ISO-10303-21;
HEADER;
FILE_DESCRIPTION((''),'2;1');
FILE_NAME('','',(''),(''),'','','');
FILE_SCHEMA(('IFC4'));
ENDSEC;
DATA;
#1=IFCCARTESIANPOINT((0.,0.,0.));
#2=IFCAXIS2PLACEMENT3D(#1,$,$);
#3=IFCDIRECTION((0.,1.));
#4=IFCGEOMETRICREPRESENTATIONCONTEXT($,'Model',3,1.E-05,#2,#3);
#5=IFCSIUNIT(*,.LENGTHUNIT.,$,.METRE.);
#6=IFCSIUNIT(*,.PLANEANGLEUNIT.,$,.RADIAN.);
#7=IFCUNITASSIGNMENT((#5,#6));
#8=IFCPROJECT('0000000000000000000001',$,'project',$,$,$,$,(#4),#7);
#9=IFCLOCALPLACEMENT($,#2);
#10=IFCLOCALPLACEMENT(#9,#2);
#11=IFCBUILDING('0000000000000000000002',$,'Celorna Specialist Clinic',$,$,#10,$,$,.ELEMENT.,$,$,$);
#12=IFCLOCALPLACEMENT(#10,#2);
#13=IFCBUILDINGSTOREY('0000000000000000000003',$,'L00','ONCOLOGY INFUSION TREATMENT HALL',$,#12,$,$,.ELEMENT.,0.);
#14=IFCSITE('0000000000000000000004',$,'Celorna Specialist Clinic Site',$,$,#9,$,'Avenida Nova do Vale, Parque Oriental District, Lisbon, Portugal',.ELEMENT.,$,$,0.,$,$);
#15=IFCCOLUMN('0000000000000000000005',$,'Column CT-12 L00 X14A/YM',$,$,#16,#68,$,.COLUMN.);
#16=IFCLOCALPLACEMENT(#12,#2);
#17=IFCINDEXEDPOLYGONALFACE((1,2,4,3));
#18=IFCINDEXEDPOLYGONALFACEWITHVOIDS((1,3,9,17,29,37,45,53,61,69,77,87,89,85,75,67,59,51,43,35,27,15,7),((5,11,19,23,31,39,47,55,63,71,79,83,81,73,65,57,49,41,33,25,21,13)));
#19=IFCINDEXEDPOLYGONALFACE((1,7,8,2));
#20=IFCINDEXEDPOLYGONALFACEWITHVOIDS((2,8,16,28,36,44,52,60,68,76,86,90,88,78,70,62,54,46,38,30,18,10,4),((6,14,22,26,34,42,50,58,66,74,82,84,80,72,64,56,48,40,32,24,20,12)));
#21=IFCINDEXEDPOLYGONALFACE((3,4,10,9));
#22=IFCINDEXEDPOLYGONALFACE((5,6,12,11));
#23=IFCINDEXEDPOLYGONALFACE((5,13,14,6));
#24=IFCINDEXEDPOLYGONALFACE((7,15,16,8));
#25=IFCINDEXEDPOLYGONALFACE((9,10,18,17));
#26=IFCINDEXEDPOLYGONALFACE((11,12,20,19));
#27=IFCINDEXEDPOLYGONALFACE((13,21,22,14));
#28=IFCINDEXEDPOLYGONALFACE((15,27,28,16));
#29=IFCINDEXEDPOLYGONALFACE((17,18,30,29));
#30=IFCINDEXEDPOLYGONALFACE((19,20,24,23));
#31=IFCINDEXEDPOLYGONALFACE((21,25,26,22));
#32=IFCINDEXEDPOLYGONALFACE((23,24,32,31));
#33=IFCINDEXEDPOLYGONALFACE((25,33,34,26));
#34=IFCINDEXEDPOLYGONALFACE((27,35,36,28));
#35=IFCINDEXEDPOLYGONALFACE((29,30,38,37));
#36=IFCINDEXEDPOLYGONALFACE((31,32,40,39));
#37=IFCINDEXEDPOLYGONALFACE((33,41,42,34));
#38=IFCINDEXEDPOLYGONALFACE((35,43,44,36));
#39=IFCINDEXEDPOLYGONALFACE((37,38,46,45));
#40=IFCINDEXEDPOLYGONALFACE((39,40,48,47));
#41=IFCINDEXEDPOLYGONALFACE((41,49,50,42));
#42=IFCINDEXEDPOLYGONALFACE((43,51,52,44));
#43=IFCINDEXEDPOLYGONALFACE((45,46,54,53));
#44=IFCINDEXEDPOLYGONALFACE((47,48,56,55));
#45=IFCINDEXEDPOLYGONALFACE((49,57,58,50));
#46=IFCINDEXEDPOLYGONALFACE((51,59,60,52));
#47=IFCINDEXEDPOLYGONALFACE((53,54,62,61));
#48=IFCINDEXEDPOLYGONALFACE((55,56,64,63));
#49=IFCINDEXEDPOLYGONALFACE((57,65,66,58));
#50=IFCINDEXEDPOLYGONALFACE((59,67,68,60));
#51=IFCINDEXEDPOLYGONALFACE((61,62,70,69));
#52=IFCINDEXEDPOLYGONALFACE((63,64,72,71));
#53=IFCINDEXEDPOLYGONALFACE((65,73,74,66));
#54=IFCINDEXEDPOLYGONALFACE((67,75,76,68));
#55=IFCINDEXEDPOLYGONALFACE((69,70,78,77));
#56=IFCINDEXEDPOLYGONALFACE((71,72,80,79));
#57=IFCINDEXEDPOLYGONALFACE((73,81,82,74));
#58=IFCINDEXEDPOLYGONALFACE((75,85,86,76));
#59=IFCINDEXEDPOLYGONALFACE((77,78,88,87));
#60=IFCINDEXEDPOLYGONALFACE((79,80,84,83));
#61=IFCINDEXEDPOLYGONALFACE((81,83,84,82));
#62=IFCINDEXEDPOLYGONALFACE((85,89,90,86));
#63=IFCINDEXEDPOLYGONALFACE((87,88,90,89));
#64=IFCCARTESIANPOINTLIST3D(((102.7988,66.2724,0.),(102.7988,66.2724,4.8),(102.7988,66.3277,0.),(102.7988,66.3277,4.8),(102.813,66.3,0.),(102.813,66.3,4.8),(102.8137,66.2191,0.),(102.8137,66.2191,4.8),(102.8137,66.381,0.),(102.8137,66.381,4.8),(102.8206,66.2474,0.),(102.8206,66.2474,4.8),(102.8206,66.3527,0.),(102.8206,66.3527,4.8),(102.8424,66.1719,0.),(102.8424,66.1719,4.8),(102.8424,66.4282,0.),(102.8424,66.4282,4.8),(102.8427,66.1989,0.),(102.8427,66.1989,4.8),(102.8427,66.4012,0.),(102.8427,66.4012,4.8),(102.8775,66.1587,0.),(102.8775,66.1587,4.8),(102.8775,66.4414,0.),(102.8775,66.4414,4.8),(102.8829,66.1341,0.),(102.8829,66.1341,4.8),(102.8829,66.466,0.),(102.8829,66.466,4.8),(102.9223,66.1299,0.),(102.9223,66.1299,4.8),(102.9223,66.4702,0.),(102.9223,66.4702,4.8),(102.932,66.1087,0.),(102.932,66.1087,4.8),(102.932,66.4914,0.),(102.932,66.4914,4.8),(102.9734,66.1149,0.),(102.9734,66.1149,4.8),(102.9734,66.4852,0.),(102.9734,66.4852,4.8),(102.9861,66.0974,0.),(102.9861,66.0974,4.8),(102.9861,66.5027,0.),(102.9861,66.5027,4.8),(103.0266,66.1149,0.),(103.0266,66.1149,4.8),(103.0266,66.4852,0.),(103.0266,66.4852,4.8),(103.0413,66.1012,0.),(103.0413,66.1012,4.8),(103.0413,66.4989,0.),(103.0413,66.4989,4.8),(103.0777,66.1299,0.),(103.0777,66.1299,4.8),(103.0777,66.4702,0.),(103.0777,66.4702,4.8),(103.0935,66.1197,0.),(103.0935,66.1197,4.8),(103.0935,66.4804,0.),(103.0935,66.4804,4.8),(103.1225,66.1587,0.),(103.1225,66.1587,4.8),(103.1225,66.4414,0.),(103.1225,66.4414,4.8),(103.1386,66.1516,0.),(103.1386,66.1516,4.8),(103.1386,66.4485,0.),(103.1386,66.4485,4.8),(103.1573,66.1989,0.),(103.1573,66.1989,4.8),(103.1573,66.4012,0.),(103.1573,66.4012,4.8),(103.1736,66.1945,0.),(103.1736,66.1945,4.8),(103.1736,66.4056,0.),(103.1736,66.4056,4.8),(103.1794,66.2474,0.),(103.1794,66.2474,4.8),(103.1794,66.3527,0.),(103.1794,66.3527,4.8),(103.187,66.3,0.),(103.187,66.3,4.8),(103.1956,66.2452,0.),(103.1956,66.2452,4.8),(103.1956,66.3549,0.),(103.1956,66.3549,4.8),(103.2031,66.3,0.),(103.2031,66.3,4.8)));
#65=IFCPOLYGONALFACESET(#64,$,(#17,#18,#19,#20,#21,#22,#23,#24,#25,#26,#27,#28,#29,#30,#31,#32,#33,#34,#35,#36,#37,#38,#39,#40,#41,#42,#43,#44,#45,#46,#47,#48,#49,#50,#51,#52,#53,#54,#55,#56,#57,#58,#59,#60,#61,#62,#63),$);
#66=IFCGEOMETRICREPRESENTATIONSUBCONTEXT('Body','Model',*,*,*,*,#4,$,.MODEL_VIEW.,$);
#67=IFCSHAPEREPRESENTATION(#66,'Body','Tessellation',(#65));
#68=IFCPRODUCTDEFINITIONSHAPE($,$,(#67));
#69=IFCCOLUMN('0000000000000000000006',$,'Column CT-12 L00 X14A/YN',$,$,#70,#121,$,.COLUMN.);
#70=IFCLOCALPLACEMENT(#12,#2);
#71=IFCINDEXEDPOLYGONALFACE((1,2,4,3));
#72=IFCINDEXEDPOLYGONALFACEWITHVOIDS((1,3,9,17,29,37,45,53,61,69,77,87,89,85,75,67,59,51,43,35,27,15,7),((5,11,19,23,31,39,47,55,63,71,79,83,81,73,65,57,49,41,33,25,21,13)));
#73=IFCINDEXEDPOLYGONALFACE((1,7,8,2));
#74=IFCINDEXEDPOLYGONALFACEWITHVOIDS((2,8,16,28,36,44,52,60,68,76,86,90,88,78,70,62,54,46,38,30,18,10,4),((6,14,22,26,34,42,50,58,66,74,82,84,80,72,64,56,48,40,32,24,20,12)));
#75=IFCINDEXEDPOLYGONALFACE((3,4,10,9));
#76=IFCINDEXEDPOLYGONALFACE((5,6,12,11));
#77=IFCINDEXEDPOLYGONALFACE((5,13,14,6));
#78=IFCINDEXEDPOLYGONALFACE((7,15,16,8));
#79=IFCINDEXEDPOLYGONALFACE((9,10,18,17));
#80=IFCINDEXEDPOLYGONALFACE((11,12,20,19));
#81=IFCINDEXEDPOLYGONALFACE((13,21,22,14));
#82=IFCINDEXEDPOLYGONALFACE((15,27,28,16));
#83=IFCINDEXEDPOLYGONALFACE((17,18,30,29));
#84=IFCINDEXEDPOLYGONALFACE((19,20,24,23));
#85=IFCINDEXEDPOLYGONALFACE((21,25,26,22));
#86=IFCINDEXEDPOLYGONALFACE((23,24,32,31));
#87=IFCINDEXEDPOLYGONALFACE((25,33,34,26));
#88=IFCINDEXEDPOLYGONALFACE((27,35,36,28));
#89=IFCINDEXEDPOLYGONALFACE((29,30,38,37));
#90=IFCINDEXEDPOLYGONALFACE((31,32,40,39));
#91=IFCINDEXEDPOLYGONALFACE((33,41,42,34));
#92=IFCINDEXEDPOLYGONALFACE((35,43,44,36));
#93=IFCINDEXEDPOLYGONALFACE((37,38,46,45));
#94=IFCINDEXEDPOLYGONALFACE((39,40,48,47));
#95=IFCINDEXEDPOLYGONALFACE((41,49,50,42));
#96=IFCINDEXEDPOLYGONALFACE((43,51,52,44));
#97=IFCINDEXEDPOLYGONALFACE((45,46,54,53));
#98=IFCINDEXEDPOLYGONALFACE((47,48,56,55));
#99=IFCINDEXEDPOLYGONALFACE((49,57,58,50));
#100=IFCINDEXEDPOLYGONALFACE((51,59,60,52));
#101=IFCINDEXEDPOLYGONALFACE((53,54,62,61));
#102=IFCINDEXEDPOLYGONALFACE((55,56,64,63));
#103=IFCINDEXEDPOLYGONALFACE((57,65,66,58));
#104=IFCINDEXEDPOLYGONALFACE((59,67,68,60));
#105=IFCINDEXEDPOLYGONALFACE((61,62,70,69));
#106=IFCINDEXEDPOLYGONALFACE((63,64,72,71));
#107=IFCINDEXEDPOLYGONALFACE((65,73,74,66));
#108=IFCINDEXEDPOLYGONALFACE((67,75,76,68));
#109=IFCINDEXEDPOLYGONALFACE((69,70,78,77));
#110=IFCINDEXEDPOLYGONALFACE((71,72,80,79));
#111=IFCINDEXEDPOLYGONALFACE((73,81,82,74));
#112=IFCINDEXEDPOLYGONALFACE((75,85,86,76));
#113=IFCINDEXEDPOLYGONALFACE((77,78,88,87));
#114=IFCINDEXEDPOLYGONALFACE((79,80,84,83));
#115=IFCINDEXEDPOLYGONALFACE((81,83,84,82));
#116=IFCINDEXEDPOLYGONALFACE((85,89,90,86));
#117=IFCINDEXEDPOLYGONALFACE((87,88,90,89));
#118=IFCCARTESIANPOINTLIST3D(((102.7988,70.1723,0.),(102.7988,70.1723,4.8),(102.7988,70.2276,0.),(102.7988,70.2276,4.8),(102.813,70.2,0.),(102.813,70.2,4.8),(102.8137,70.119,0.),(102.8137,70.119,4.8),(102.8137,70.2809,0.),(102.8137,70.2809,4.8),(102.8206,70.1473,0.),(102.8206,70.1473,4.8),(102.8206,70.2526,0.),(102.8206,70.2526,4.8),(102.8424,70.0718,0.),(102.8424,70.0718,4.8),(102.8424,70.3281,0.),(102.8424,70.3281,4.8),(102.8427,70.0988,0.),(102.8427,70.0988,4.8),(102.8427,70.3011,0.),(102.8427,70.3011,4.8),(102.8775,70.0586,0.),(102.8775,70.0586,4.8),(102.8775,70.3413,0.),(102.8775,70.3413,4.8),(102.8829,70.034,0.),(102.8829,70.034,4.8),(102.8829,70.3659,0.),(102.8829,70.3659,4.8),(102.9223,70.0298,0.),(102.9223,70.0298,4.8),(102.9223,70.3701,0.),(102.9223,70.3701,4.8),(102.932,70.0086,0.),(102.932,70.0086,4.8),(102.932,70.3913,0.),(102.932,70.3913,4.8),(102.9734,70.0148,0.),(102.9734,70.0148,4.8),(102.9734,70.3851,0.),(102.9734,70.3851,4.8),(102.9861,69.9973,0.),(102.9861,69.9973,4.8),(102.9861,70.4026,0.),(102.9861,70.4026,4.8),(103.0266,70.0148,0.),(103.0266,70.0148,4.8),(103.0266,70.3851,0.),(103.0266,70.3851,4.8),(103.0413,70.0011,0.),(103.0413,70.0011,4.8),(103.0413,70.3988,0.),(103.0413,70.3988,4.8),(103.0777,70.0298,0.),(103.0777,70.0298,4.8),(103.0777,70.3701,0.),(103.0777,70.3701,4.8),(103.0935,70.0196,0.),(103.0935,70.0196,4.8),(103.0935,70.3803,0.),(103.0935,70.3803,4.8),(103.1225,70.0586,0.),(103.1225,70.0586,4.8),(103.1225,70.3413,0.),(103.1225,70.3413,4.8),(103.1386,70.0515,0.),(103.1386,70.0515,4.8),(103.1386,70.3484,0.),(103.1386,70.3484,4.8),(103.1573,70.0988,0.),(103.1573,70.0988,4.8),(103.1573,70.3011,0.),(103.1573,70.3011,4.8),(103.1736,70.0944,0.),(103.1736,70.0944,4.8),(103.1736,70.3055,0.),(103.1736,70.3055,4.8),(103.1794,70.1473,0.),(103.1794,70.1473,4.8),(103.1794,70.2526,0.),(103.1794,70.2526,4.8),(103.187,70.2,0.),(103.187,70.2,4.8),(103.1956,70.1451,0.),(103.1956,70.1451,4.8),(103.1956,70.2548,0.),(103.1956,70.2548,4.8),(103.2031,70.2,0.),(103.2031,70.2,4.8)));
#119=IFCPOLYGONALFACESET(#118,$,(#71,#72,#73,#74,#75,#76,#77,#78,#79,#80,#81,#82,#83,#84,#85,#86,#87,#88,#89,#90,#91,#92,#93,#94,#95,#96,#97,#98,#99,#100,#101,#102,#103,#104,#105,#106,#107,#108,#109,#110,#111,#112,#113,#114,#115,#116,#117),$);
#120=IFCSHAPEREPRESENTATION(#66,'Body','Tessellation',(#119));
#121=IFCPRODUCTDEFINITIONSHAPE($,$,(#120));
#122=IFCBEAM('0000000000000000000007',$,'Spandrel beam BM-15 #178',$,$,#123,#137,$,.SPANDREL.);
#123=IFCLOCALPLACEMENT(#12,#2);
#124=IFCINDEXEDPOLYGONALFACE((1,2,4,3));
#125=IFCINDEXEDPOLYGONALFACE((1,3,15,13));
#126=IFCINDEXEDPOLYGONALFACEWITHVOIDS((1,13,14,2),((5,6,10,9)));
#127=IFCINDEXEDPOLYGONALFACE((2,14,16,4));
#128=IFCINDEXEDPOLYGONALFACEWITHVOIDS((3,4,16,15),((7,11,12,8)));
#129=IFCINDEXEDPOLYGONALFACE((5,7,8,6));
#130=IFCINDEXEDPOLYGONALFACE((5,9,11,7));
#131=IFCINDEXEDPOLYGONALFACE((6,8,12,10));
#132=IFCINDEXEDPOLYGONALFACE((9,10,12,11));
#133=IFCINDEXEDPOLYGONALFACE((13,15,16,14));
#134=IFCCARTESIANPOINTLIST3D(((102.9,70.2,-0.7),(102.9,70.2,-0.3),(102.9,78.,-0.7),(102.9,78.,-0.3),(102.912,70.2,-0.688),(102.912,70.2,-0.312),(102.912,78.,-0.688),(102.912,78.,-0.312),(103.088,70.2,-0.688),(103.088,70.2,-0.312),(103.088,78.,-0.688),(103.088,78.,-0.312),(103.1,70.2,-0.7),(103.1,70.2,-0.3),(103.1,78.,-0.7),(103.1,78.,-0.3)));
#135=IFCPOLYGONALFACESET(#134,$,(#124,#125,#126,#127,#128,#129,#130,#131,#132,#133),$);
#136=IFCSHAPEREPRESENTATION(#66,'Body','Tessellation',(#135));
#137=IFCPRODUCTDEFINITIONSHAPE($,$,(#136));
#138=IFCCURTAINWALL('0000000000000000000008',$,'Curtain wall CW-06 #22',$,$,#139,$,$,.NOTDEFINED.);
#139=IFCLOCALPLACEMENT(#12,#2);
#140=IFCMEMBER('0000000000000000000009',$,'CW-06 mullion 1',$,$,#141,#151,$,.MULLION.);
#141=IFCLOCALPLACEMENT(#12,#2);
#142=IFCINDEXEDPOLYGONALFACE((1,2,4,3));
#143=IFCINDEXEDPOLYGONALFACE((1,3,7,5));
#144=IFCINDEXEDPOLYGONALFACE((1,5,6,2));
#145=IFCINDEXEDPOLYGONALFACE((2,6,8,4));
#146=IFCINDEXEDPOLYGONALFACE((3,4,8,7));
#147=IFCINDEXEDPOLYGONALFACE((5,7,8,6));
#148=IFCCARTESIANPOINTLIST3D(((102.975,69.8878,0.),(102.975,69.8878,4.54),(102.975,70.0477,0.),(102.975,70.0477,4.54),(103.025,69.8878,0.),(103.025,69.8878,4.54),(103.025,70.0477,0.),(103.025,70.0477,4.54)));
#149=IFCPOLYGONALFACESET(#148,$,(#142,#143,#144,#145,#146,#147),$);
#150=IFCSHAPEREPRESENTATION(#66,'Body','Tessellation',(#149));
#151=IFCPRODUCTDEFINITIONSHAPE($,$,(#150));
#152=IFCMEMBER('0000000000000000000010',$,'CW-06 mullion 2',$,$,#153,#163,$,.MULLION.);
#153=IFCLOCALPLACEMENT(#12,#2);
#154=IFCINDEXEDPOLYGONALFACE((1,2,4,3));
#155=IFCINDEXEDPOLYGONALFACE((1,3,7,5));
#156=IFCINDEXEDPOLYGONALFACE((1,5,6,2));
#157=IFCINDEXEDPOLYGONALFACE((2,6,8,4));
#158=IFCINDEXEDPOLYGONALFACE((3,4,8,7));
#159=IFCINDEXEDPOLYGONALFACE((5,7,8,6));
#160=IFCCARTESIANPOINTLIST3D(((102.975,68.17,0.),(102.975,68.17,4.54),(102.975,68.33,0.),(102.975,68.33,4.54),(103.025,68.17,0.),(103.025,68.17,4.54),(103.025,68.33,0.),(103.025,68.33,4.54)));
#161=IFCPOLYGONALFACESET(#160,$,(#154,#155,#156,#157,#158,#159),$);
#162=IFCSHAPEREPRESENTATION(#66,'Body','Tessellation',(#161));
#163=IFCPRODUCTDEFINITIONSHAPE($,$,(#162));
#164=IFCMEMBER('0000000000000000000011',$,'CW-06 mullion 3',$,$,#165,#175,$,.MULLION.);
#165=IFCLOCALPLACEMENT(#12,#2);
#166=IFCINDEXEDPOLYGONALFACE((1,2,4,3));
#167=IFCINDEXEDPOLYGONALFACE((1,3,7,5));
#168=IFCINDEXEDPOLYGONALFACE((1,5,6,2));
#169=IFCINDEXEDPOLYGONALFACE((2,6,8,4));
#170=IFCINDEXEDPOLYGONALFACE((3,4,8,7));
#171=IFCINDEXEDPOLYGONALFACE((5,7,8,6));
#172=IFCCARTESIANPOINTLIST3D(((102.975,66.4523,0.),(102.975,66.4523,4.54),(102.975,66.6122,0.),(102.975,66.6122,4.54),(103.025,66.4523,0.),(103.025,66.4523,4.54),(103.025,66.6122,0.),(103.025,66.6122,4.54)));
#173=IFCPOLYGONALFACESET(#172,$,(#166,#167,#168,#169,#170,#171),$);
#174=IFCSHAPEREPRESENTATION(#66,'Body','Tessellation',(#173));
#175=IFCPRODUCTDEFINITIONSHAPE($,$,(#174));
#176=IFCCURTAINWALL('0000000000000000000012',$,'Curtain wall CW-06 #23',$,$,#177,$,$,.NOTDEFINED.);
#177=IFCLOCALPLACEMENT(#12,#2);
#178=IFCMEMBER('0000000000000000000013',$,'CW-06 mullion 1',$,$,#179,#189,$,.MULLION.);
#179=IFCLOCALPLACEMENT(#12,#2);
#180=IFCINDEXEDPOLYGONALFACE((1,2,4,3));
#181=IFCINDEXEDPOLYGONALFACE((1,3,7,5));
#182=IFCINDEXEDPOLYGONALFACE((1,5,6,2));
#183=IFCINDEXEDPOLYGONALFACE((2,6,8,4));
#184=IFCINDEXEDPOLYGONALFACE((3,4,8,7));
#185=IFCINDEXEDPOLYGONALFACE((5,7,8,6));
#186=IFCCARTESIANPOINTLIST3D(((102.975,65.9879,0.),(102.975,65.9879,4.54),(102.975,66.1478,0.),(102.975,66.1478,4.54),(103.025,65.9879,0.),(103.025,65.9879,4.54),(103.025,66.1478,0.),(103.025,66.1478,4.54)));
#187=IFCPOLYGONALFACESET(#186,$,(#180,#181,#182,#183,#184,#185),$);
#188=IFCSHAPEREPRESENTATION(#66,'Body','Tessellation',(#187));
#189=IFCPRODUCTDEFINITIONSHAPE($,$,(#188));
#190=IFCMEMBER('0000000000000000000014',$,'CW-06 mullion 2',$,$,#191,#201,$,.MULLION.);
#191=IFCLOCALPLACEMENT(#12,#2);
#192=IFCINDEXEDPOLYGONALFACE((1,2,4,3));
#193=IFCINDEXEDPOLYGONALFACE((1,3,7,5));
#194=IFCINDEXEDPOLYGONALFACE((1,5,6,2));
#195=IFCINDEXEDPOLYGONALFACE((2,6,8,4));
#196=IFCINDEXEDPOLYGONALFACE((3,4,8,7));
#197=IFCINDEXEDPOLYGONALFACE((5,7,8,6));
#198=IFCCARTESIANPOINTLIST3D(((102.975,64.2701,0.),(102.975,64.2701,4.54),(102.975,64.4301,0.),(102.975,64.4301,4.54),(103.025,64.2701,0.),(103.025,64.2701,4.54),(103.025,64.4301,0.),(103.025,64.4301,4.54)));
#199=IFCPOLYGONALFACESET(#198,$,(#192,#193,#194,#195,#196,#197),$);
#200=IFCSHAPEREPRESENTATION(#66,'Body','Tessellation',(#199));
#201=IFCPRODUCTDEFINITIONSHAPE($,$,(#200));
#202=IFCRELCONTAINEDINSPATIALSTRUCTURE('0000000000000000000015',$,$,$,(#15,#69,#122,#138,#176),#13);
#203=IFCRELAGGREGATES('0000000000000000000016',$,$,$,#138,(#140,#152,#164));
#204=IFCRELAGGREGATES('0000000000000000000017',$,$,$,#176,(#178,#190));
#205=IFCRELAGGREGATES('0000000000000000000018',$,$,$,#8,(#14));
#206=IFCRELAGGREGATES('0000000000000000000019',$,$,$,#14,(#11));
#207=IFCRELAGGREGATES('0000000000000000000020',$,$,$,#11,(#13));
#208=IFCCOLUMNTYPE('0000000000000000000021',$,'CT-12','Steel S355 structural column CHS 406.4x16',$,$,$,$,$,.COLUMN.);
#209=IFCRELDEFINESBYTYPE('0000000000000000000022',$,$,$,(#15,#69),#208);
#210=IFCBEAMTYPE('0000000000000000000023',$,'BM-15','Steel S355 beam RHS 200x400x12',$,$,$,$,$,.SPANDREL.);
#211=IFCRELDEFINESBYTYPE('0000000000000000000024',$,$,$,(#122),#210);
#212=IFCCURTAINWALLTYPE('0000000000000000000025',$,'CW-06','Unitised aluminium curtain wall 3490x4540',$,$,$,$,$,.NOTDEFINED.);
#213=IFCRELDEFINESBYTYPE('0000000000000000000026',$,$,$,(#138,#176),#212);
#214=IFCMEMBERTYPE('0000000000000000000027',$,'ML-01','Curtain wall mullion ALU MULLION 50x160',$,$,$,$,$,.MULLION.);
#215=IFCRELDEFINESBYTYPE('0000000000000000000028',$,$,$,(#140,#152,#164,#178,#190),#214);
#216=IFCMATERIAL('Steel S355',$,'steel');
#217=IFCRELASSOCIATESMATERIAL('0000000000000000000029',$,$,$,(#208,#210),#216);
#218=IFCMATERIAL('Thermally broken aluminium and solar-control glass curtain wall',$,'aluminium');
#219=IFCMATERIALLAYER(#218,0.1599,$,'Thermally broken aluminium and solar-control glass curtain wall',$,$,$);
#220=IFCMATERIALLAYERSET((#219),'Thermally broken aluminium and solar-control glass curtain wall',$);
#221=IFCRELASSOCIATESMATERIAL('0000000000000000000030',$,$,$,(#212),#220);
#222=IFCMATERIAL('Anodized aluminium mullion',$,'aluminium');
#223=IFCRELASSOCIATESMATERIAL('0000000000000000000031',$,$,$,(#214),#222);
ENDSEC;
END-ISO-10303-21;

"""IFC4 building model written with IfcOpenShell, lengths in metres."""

from ifc_helpers import new_model, si_unit, direction, frame, origin, origin_2d, place, context, subcontext, project, spatial, rectangle, hollow_rectangle, hollow_circle, extrude, material, layer, layer_set, material_profile, profile_set, type_object, element, aggregate, save


model = new_model("IFC4")

# Units and contexts
model_context = context("Model", 3, precision=1e-05, world=origin(), true_north=direction((0.0, 1.0)))
body_context = subcontext(model_context, "Body", "Model", "MODEL_VIEW")
ifc_project = project(units=[si_unit("LENGTHUNIT", "METRE"), si_unit("PLANEANGLEUNIT", "RADIAN")], contexts=[model_context])

# Site, building, storey
site_placement = place(None, origin())
site = spatial("IfcSite", under=ifc_project, at=site_placement, Name="Celorna Specialist Clinic Site", LongName="Avenida Nova do Vale, Parque Oriental District, Lisbon, Portugal", CompositionType="ELEMENT", RefElevation=0.0)
building_placement = place(site_placement, origin())
building = spatial("IfcBuilding", under=site, at=building_placement, Name="Celorna Specialist Clinic", CompositionType="ELEMENT")
storey_placement = place(building_placement, origin())
storey = spatial("IfcBuildingStorey", under=building, at=storey_placement, Name="L00", Description="ONCOLOGY INFUSION TREATMENT HALL", CompositionType="ELEMENT", Elevation=0.0)

# Columns
ifc_material_1 = material(Name="Steel S355", Category="steel")
ifc_material_profile_1 = material_profile(ifc_material_1, hollow_circle(Radius=0.2031, WallThickness=0.0161, at=origin_2d()), Name="CHS 406.4x16")
ifc_profile_set_1 = profile_set([ifc_material_profile_1], Name="Steel S355")
column_type = type_object("IfcColumnType", Name="CT-12", Description="Steel S355 structural column CHS 406.4x16", PredefinedType="COLUMN", material=ifc_profile_set_1)
for number, where, z_axis, x_axis, name in (
    (1, (103.0, 66.3, 0.0), (0.0, 0.0, 1.0), (1.0, 0.0, 0.0), "Column CT-12 L00 X14A/YM"),
    (2, (103.0, 70.2, 0.0), (0.0, 0.0, 1.0), (1.0, 0.0, 0.0), "Column CT-12 L00 X14A/YN"),
):
    element("IfcColumn", number, at=place(storey_placement, frame(where, z_axis=z_axis, x_axis=x_axis)), inside=storey, type_object=column_type, Name=name, PredefinedType="COLUMN", context=body_context, shape_type="SweptSolid", body=[
        extrude(hollow_circle(Radius=0.2031, WallThickness=0.0161, at=origin_2d()), origin(), (0.0, 0.0, 1.0), 4.8),
    ])

# Beam
ifc_material_profile_2 = material_profile(ifc_material_1, hollow_rectangle(XDim=0.2, YDim=0.3999, WallThickness=0.012, at=origin_2d()), Name="RHS 200x400x12")
ifc_profile_set_2 = profile_set([ifc_material_profile_2], Name="Steel S355")
beam_type = type_object("IfcBeamType", Name="BM-15", Description="Steel S355 beam RHS 200x400x12", PredefinedType="SPANDREL", material=ifc_profile_set_2)
beam_placement = place(storey_placement, frame((103.0, 70.2, -0.5), z_axis=(0.0, 1.0, 0.0), x_axis=(-1.0, 0.0, 0.0)))
element("IfcBeam", 3, at=beam_placement, inside=storey, type_object=beam_type, Name="Spandrel beam BM-15 #178", PredefinedType="SPANDREL", context=body_context, shape_type="SweptSolid", body=[
    extrude(hollow_rectangle(XDim=0.2, YDim=0.3999, WallThickness=0.012, at=origin_2d()), origin(), (0.0, 0.0, 1.0), 7.8),
])

# Curtain walls, members
ifc_material_2 = material(Name="Thermally broken aluminium and solar-control glass curtain wall", Category="aluminium")
ifc_layer_1 = layer(ifc_material_2, 0.1599, Name="Thermally broken aluminium and solar-control glass curtain wall")
ifc_layer_set_1 = layer_set([ifc_layer_1], Name="Thermally broken aluminium and solar-control glass curtain wall")
curtain_wall_type_1 = type_object("IfcCurtainWallType", Name="CW-06", Description="Unitised aluminium curtain wall 3490x4540", PredefinedType="NOTDEFINED", material=ifc_layer_set_1)
curtain_wall_1_placement = place(storey_placement, origin())
curtain_wall_1 = element("IfcCurtainWall", 4, at=curtain_wall_1_placement, inside=storey, type_object=curtain_wall_type_1, Name="Curtain wall CW-06 #22", PredefinedType="NOTDEFINED")
ifc_material_3 = material(Name="Anodized aluminium mullion", Category="aluminium")
ifc_material_profile_3 = material_profile(ifc_material_3, rectangle(XDim=0.05, YDim=0.1599, at=origin_2d()), Name="ALU MULLION 50x160")
ifc_profile_set_3 = profile_set([ifc_material_profile_3], Name="Anodized aluminium mullion")
member_type_1 = type_object("IfcMemberType", Name="ML-01", Description="Curtain wall mullion ALU MULLION 50x160", PredefinedType="MULLION", material=ifc_profile_set_3)
member_1_placement = place(storey_placement, frame((103.0, 69.9678, 0.0), z_axis=(0.0, 0.0, 1.0), x_axis=(1.0, 0.0, 0.0)))
member_1 = element("IfcMember", 5, at=member_1_placement, type_object=member_type_1, Name="CW-06 mullion 1", PredefinedType="MULLION", context=body_context, shape_type="SweptSolid", body=[
    extrude(rectangle(XDim=0.05, YDim=0.1599, at=origin_2d()), origin(), (0.0, 0.0, 1.0), 4.54),
])
member_2_placement = place(storey_placement, frame((103.0, 68.25, 0.0), z_axis=(0.0, 0.0, 1.0), x_axis=(1.0, 0.0, 0.0)))
member_2 = element("IfcMember", 6, at=member_2_placement, type_object=member_type_1, Name="CW-06 mullion 2", PredefinedType="MULLION", context=body_context, shape_type="SweptSolid", body=[
    extrude(rectangle(XDim=0.05, YDim=0.1599, at=origin_2d()), origin(), (0.0, 0.0, 1.0), 4.54),
])
member_3_placement = place(storey_placement, frame((103.0, 66.5322, 0.0), z_axis=(0.0, 0.0, 1.0), x_axis=(1.0, 0.0, 0.0)))
member_3 = element("IfcMember", 7, at=member_3_placement, type_object=member_type_1, Name="CW-06 mullion 3", PredefinedType="MULLION", context=body_context, shape_type="SweptSolid", body=[
    extrude(rectangle(XDim=0.05, YDim=0.1599, at=origin_2d()), origin(), (0.0, 0.0, 1.0), 4.54),
])
curtain_wall_2_placement = place(storey_placement, origin())
curtain_wall_2 = element("IfcCurtainWall", 8, at=curtain_wall_2_placement, inside=storey, type_object=curtain_wall_type_1, Name="Curtain wall CW-06 #23", PredefinedType="NOTDEFINED")
member_4_placement = place(storey_placement, frame((103.0, 66.0679, 0.0), z_axis=(0.0, 0.0, 1.0), x_axis=(1.0, 0.0, 0.0)))
member_4 = element("IfcMember", 9, at=member_4_placement, type_object=member_type_1, Name="CW-06 mullion 1", PredefinedType="MULLION", context=body_context, shape_type="SweptSolid", body=[
    extrude(rectangle(XDim=0.05, YDim=0.1599, at=origin_2d()), origin(), (0.0, 0.0, 1.0), 4.54),
])
member_5_placement = place(storey_placement, frame((103.0, 64.3501, 0.0), z_axis=(0.0, 0.0, 1.0), x_axis=(1.0, 0.0, 0.0)))
member_5 = element("IfcMember", 10, at=member_5_placement, type_object=member_type_1, Name="CW-06 mullion 2", PredefinedType="MULLION", context=body_context, shape_type="SweptSolid", body=[
    extrude(rectangle(XDim=0.05, YDim=0.1599, at=origin_2d()), origin(), (0.0, 0.0, 1.0), 4.54),
])

aggregate(curtain_wall_1, [member_1, member_2, member_3])
aggregate(curtain_wall_2, [member_4, member_5])

save(model, "model.ifc")
